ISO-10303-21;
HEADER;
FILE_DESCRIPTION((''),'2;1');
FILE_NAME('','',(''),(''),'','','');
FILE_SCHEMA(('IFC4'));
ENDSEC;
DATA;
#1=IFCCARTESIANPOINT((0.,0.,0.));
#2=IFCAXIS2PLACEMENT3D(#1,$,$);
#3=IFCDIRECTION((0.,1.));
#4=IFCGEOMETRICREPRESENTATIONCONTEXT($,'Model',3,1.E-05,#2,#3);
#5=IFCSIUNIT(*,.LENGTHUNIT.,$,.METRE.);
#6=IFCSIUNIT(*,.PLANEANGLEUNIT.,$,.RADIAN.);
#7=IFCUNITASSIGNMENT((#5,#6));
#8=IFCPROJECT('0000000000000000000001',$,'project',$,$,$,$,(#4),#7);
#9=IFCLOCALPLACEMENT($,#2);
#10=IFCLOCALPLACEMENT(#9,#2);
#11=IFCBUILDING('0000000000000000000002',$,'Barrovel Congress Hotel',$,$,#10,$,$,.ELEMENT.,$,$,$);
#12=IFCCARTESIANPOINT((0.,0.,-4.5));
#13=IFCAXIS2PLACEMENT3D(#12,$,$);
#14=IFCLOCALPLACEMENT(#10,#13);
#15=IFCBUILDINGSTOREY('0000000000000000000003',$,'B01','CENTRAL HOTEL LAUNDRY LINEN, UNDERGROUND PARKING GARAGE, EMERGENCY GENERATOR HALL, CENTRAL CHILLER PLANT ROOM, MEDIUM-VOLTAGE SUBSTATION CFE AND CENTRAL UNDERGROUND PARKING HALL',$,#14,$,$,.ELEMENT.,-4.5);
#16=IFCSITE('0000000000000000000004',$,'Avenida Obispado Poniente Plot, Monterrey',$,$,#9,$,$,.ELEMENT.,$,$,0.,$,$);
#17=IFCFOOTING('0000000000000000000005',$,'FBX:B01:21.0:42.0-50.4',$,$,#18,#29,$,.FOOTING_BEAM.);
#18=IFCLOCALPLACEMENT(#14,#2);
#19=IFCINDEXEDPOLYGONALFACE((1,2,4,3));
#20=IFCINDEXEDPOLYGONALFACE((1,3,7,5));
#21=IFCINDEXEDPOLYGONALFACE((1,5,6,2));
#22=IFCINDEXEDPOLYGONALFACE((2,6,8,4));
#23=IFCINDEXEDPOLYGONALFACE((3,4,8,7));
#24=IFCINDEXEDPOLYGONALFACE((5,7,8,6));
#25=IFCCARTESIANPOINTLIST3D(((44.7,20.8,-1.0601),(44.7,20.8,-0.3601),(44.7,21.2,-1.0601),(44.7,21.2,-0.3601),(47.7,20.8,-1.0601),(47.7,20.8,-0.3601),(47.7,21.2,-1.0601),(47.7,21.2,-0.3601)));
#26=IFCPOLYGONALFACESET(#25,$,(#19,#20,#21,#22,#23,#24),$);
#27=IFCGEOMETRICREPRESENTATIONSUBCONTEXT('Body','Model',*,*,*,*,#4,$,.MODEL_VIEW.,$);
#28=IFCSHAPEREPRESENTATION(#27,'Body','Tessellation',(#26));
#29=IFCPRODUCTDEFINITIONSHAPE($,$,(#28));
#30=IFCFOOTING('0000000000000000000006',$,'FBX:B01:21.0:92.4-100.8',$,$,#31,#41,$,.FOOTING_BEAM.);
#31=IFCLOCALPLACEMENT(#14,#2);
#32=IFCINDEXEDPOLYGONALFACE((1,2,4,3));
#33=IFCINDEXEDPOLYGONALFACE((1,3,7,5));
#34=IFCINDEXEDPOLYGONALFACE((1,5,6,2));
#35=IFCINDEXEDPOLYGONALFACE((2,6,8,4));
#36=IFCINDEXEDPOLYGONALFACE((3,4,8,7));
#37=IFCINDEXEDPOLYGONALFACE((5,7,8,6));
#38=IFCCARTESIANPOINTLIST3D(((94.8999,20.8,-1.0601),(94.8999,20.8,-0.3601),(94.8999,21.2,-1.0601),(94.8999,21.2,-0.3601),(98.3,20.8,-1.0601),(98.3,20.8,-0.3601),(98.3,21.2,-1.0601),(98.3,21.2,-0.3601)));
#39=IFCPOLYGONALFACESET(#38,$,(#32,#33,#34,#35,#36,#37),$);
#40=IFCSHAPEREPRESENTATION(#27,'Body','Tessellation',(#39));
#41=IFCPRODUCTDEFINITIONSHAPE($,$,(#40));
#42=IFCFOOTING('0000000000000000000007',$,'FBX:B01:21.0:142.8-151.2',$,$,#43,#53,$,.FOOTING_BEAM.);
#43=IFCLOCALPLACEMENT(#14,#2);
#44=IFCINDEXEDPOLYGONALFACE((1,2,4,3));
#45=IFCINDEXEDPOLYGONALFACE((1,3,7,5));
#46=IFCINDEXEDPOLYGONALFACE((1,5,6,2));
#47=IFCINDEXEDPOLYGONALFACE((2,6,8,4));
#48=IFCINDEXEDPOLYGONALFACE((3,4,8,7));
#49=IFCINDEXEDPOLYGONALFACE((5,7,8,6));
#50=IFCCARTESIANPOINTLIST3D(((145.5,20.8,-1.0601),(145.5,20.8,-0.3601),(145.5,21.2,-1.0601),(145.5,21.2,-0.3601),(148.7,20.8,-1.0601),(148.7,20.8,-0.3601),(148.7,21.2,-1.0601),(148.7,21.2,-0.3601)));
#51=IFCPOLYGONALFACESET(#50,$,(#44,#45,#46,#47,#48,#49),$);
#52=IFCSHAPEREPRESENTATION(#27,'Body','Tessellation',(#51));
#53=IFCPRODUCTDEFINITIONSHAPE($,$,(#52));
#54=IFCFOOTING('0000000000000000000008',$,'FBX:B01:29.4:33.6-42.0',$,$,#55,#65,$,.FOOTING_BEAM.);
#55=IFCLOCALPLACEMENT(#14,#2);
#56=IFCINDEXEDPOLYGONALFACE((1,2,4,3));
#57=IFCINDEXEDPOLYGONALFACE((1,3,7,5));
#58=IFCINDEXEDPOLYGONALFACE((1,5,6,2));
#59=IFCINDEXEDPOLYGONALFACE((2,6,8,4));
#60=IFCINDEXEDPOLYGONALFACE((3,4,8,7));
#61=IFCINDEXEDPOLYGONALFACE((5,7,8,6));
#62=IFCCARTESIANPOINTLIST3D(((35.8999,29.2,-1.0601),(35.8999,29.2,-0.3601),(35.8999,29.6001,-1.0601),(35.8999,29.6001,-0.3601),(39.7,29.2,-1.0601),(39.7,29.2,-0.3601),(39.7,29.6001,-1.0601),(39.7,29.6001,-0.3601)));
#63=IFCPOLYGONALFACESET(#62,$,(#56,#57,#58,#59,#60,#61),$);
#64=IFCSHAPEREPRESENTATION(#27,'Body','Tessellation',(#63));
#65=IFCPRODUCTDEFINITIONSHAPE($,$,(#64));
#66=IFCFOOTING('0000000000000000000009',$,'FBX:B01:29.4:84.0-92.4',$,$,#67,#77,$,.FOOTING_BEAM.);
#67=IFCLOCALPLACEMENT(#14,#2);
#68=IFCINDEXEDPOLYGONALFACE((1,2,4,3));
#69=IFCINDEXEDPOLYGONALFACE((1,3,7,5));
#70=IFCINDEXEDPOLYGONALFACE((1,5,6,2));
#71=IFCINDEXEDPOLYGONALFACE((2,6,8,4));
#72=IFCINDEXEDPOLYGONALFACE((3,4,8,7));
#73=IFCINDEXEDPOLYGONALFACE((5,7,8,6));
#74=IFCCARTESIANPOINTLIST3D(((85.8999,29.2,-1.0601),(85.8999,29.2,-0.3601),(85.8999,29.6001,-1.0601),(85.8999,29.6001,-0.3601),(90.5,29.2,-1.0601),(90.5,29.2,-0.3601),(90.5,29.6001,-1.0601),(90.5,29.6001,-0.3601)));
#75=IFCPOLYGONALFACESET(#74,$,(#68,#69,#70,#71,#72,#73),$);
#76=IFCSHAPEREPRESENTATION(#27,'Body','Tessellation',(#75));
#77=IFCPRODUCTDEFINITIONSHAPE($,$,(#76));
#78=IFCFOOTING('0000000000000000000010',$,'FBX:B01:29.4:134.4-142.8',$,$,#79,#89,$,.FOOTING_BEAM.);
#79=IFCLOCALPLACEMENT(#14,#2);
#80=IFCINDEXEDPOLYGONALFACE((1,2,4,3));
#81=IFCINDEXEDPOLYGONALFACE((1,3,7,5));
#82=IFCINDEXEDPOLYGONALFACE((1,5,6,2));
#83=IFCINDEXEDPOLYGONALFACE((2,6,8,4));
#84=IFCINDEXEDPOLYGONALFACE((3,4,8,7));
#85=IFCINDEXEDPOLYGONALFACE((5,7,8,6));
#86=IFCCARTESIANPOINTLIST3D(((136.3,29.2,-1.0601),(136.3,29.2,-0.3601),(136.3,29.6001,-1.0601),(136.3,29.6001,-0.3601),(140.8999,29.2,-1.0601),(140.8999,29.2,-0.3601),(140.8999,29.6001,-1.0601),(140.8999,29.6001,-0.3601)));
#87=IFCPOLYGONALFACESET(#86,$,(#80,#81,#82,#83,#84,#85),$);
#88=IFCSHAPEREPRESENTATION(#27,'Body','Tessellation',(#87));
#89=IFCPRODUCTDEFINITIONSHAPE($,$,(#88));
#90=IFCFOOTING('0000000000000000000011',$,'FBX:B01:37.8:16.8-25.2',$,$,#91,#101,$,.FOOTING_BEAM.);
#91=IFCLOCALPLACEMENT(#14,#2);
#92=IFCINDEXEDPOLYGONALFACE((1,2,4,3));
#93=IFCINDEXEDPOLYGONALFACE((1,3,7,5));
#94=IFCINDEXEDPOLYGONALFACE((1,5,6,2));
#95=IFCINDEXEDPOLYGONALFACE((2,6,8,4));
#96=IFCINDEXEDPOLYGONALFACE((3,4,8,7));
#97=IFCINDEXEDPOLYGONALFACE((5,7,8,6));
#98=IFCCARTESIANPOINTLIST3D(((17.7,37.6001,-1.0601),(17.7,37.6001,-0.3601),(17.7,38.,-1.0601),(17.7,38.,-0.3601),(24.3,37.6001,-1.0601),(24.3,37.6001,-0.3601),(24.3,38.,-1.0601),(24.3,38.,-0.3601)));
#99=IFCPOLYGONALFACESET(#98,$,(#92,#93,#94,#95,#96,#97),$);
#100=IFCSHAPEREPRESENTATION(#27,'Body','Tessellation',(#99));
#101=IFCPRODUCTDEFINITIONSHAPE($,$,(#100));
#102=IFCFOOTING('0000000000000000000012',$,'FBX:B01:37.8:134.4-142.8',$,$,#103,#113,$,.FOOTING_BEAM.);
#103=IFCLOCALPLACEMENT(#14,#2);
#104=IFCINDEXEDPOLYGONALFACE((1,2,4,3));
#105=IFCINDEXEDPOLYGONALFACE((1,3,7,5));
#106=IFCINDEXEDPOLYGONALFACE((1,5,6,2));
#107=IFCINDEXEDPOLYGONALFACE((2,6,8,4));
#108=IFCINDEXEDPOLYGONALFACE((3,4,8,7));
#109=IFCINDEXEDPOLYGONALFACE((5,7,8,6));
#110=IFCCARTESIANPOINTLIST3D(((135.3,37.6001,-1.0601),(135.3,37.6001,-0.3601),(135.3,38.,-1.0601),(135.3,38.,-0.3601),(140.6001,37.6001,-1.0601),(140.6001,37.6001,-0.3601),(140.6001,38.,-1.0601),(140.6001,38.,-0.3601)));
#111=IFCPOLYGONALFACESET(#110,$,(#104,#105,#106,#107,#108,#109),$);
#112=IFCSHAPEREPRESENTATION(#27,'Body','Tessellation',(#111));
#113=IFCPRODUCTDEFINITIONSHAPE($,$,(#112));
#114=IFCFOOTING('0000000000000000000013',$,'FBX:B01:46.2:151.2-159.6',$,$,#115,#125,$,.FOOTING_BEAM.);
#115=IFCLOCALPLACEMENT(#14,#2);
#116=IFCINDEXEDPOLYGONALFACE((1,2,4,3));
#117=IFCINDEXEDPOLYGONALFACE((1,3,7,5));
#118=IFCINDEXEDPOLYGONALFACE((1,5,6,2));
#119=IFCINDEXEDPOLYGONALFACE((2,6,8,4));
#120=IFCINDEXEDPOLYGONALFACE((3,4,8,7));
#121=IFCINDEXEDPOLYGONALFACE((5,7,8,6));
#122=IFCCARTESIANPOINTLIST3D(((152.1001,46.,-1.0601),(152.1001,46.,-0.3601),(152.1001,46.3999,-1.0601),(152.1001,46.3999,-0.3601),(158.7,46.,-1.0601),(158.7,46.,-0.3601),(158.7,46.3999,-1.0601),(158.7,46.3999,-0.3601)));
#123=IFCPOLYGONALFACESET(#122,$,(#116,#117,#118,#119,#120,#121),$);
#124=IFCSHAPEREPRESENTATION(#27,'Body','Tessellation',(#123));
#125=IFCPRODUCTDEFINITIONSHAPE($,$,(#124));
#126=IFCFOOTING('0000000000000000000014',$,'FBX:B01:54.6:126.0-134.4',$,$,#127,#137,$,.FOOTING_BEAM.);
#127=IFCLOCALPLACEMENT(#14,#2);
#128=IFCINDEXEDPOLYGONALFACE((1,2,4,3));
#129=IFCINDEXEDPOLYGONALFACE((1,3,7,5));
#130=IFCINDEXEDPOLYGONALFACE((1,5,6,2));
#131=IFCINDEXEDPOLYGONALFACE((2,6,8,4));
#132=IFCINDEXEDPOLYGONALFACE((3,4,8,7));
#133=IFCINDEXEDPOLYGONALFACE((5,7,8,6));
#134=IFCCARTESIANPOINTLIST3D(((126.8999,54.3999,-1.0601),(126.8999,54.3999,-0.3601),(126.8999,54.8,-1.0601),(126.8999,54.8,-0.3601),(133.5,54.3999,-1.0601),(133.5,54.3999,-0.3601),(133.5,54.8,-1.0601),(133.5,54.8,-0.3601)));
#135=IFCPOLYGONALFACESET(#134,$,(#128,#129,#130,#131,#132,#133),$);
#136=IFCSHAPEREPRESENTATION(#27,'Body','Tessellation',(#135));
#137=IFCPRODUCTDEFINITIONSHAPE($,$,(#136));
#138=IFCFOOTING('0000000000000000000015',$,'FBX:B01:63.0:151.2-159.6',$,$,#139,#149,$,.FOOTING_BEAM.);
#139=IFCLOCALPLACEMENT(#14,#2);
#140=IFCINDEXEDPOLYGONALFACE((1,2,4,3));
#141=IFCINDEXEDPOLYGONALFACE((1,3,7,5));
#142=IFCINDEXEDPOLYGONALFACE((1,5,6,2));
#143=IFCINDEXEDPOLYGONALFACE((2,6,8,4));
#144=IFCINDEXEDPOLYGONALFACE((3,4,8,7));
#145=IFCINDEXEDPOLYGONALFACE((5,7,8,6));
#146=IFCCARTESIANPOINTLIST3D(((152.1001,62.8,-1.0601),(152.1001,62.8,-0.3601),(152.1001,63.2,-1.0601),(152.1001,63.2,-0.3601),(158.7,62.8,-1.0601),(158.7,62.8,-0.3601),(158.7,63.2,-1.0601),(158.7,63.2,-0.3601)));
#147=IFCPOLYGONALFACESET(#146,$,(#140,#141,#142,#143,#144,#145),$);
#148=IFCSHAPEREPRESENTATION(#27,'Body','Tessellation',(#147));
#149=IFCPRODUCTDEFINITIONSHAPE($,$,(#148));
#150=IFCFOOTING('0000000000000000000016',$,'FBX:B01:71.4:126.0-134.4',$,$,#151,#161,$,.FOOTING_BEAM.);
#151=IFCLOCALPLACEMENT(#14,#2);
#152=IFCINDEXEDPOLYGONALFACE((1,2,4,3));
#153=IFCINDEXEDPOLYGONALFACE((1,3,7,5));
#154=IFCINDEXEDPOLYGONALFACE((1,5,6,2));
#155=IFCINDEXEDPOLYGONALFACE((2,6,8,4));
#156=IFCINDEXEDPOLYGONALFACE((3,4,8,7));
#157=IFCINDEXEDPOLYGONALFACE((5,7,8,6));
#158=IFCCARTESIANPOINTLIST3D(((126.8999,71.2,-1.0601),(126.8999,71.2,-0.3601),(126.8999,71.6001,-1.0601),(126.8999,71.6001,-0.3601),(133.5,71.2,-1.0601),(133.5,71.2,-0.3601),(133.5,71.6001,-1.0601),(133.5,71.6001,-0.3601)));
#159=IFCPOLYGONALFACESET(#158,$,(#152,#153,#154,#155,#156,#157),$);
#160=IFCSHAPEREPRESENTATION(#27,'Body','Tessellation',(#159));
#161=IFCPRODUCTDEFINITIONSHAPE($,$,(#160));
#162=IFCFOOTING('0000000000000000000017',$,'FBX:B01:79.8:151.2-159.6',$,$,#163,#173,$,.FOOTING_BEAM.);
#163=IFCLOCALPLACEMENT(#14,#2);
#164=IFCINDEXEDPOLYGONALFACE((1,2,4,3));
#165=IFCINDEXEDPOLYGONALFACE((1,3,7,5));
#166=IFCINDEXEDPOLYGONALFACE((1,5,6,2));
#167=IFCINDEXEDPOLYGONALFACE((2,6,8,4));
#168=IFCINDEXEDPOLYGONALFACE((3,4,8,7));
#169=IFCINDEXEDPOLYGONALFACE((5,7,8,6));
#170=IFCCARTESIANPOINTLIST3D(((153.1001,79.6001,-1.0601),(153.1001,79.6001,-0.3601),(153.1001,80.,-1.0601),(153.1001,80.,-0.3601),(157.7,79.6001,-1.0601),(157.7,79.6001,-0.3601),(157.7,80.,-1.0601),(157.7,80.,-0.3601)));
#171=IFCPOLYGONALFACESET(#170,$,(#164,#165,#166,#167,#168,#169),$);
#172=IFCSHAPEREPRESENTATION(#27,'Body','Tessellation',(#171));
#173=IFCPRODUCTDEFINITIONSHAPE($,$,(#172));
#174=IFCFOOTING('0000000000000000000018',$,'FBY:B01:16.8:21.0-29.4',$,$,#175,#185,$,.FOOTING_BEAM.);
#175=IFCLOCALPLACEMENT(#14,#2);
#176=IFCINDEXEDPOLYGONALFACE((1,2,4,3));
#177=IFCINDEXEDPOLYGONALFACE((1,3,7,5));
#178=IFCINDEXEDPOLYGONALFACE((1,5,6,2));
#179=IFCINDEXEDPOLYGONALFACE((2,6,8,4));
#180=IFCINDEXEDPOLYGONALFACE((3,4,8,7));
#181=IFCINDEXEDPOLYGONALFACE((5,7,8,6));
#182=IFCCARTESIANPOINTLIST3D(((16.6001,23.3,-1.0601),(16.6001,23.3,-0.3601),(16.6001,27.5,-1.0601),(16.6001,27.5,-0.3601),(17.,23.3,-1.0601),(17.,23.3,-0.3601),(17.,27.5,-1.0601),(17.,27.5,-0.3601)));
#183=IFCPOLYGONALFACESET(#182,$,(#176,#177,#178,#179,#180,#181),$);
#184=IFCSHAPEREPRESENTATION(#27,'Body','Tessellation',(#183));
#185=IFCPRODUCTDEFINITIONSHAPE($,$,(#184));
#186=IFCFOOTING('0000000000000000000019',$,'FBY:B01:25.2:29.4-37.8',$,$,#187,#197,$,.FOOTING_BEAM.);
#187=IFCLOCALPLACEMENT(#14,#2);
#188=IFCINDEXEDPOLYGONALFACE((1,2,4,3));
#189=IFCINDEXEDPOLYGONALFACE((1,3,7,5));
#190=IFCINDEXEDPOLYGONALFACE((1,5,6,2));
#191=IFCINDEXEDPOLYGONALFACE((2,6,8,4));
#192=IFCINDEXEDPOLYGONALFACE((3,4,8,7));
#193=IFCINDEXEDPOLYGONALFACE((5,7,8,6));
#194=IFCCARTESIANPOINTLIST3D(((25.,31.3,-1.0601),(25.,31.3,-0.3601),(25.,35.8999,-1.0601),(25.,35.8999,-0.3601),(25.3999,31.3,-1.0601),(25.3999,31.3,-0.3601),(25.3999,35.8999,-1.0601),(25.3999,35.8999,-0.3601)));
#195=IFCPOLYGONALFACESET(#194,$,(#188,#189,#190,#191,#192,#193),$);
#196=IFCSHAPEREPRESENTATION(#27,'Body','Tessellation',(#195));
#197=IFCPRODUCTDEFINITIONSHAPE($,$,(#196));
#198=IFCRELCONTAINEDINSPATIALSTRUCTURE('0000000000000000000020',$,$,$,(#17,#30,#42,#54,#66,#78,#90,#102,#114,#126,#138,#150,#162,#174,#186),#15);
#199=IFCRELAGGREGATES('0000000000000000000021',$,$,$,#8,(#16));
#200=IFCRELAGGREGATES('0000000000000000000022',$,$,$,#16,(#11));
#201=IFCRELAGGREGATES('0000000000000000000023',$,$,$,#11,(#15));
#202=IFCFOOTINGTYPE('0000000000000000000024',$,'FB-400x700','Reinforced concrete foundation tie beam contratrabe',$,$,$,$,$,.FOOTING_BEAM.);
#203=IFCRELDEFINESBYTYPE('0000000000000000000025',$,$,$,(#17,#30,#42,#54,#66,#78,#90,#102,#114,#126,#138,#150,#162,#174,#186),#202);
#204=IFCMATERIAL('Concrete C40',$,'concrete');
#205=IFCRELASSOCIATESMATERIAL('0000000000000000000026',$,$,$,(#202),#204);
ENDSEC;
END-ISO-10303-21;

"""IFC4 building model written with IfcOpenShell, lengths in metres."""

from ifc_helpers import new_model, si_unit, direction, frame, origin, place, context, subcontext, project, spatial, polyline, outline, extrude, material, type_object, element, save


model = new_model("IFC4")

# Units and contexts
model_context = context("Model", 3, precision=1e-05, world=origin(), true_north=direction((0.0, 1.0)))
body_context = subcontext(model_context, "Body", "Model", "MODEL_VIEW")
ifc_project = project(units=[si_unit("LENGTHUNIT", "METRE"), si_unit("PLANEANGLEUNIT", "RADIAN")], contexts=[model_context])

# Site, building, storey
site_placement = place(None, origin())
site = spatial("IfcSite", under=ifc_project, at=site_placement, Name="Avenida Obispado Poniente Plot, Monterrey", CompositionType="ELEMENT", RefElevation=0.0)
building_placement = place(site_placement, origin())
building = spatial("IfcBuilding", under=site, at=building_placement, Name="Barrovel Congress Hotel", CompositionType="ELEMENT")
storey_placement = place(building_placement, frame((0.0, 0.0, -4.5)))
storey = spatial("IfcBuildingStorey", under=building, at=storey_placement, Name="B01", Description="CENTRAL HOTEL LAUNDRY LINEN, UNDERGROUND PARKING GARAGE, EMERGENCY GENERATOR HALL, CENTRAL CHILLER PLANT ROOM, MEDIUM-VOLTAGE SUBSTATION CFE AND CENTRAL UNDERGROUND PARKING HALL", CompositionType="ELEMENT", Elevation=-4.5)

# Footings
ifc_material = material(Name="Concrete C40", Category="concrete")
footing_type = type_object("IfcFootingType", Name="FB-400x700", Description="Reinforced concrete foundation tie beam contratrabe", PredefinedType="FOOTING_BEAM", material=ifc_material)
footing_1_placement = place(storey_placement, frame((0.0, 0.0, -1.0601)))
element("IfcFooting", 1, at=footing_1_placement, inside=storey, type_object=footing_type, Name="FBX:B01:21.0:42.0-50.4", PredefinedType="FOOTING_BEAM", context=body_context, shape_type="SweptSolid", body=[
    extrude(outline(polyline([(44.7, 20.8), (47.7, 20.8), (47.7, 21.2), (44.7, 21.2), (44.7, 20.8)])), origin(), (0.0, 0.0, 1.0), 0.7),
])
footing_2_placement = place(storey_placement, frame((0.0, 0.0, -1.0601)))
element("IfcFooting", 2, at=footing_2_placement, inside=storey, type_object=footing_type, Name="FBX:B01:21.0:92.4-100.8", PredefinedType="FOOTING_BEAM", context=body_context, shape_type="SweptSolid", body=[
    extrude(outline(polyline([(94.8999, 20.8), (98.3, 20.8), (98.3, 21.2), (94.8999, 21.2), (94.8999, 20.8)])), origin(), (0.0, 0.0, 1.0), 0.7),
])
footing_3_placement = place(storey_placement, frame((0.0, 0.0, -1.0601)))
element("IfcFooting", 3, at=footing_3_placement, inside=storey, type_object=footing_type, Name="FBX:B01:21.0:142.8-151.2", PredefinedType="FOOTING_BEAM", context=body_context, shape_type="SweptSolid", body=[
    extrude(outline(polyline([(145.5, 20.8), (148.7, 20.8), (148.7, 21.2), (145.5, 21.2), (145.5, 20.8)])), origin(), (0.0, 0.0, 1.0), 0.7),
])
footing_4_placement = place(storey_placement, frame((0.0, 0.0, -1.0601)))
element("IfcFooting", 4, at=footing_4_placement, inside=storey, type_object=footing_type, Name="FBX:B01:29.4:33.6-42.0", PredefinedType="FOOTING_BEAM", context=body_context, shape_type="SweptSolid", body=[
    extrude(outline(polyline([(35.8999, 29.2), (39.7, 29.2), (39.7, 29.6001), (35.8999, 29.6001), (35.8999, 29.2)])), origin(), (0.0, 0.0, 1.0), 0.7),
])
footing_5_placement = place(storey_placement, frame((0.0, 0.0, -1.0601)))
element("IfcFooting", 5, at=footing_5_placement, inside=storey, type_object=footing_type, Name="FBX:B01:29.4:84.0-92.4", PredefinedType="FOOTING_BEAM", context=body_context, shape_type="SweptSolid", body=[
    extrude(outline(polyline([(85.8999, 29.2), (90.5, 29.2), (90.5, 29.6001), (85.8999, 29.6001), (85.8999, 29.2)])), origin(), (0.0, 0.0, 1.0), 0.7),
])
footing_6_placement = place(storey_placement, frame((0.0, 0.0, -1.0601)))
element("IfcFooting", 6, at=footing_6_placement, inside=storey, type_object=footing_type, Name="FBX:B01:29.4:134.4-142.8", PredefinedType="FOOTING_BEAM", context=body_context, shape_type="SweptSolid", body=[
    extrude(outline(polyline([(136.3, 29.2), (140.8999, 29.2), (140.8999, 29.6001), (136.3, 29.6001), (136.3, 29.2)])), origin(), (0.0, 0.0, 1.0), 0.7),
])
footing_7_placement = place(storey_placement, frame((0.0, 0.0, -1.0601)))
element("IfcFooting", 7, at=footing_7_placement, inside=storey, type_object=footing_type, Name="FBX:B01:37.8:16.8-25.2", PredefinedType="FOOTING_BEAM", context=body_context, shape_type="SweptSolid", body=[
    extrude(outline(polyline([(17.7, 37.6001), (24.3, 37.6001), (24.3, 38.0), (17.7, 38.0), (17.7, 37.6001)])), origin(), (0.0, 0.0, 1.0), 0.7),
])
footing_8_placement = place(storey_placement, frame((0.0, 0.0, -1.0601)))
element("IfcFooting", 8, at=footing_8_placement, inside=storey, type_object=footing_type, Name="FBX:B01:37.8:134.4-142.8", PredefinedType="FOOTING_BEAM", context=body_context, shape_type="SweptSolid", body=[
    extrude(outline(polyline([(135.3, 37.6001), (140.6001, 37.6001), (140.6001, 38.0), (135.3, 38.0), (135.3, 37.6001)])), origin(), (0.0, 0.0, 1.0), 0.7),
])
footing_9_placement = place(storey_placement, frame((0.0, 0.0, -1.0601)))
element("IfcFooting", 9, at=footing_9_placement, inside=storey, type_object=footing_type, Name="FBX:B01:46.2:151.2-159.6", PredefinedType="FOOTING_BEAM", context=body_context, shape_type="SweptSolid", body=[
    extrude(outline(polyline([(152.1001, 46.0), (158.7, 46.0), (158.7, 46.3999), (152.1001, 46.3999), (152.1001, 46.0)])), origin(), (0.0, 0.0, 1.0), 0.7),
])
footing_10_placement = place(storey_placement, frame((0.0, 0.0, -1.0601)))
element("IfcFooting", 10, at=footing_10_placement, inside=storey, type_object=footing_type, Name="FBX:B01:54.6:126.0-134.4", PredefinedType="FOOTING_BEAM", context=body_context, shape_type="SweptSolid", body=[
    extrude(outline(polyline([(126.8999, 54.3999), (133.5, 54.3999), (133.5, 54.8), (126.8999, 54.8), (126.8999, 54.3999)])), origin(), (0.0, 0.0, 1.0), 0.7),
])
footing_11_placement = place(storey_placement, frame((0.0, 0.0, -1.0601)))
element("IfcFooting", 11, at=footing_11_placement, inside=storey, type_object=footing_type, Name="FBX:B01:63.0:151.2-159.6", PredefinedType="FOOTING_BEAM", context=body_context, shape_type="SweptSolid", body=[
    extrude(outline(polyline([(152.1001, 62.8), (158.7, 62.8), (158.7, 63.2), (152.1001, 63.2), (152.1001, 62.8)])), origin(), (0.0, 0.0, 1.0), 0.7),
])
footing_12_placement = place(storey_placement, frame((0.0, 0.0, -1.0601)))
element("IfcFooting", 12, at=footing_12_placement, inside=storey, type_object=footing_type, Name="FBX:B01:71.4:126.0-134.4", PredefinedType="FOOTING_BEAM", context=body_context, shape_type="SweptSolid", body=[
    extrude(outline(polyline([(126.8999, 71.2), (133.5, 71.2), (133.5, 71.6001), (126.8999, 71.6001), (126.8999, 71.2)])), origin(), (0.0, 0.0, 1.0), 0.7),
])
footing_13_placement = place(storey_placement, frame((0.0, 0.0, -1.0601)))
element("IfcFooting", 13, at=footing_13_placement, inside=storey, type_object=footing_type, Name="FBX:B01:79.8:151.2-159.6", PredefinedType="FOOTING_BEAM", context=body_context, shape_type="SweptSolid", body=[
    extrude(outline(polyline([(153.1001, 79.6001), (157.7, 79.6001), (157.7, 80.0), (153.1001, 80.0), (153.1001, 79.6001)])), origin(), (0.0, 0.0, 1.0), 0.7),
])
footing_14_placement = place(storey_placement, frame((0.0, 0.0, -1.0601)))
element("IfcFooting", 14, at=footing_14_placement, inside=storey, type_object=footing_type, Name="FBY:B01:16.8:21.0-29.4", PredefinedType="FOOTING_BEAM", context=body_context, shape_type="SweptSolid", body=[
    extrude(outline(polyline([(16.6001, 23.3), (17.0, 23.3), (17.0, 27.5), (16.6001, 27.5), (16.6001, 23.3)])), origin(), (0.0, 0.0, 1.0), 0.7),
])
footing_15_placement = place(storey_placement, frame((0.0, 0.0, -1.0601)))
element("IfcFooting", 15, at=footing_15_placement, inside=storey, type_object=footing_type, Name="FBY:B01:25.2:29.4-37.8", PredefinedType="FOOTING_BEAM", context=body_context, shape_type="SweptSolid", body=[
    extrude(outline(polyline([(25.0, 31.3), (25.3999, 31.3), (25.3999, 35.8999), (25.0, 35.8999), (25.0, 31.3)])), origin(), (0.0, 0.0, 1.0), 0.7),
])

save(model, "model.ifc")
